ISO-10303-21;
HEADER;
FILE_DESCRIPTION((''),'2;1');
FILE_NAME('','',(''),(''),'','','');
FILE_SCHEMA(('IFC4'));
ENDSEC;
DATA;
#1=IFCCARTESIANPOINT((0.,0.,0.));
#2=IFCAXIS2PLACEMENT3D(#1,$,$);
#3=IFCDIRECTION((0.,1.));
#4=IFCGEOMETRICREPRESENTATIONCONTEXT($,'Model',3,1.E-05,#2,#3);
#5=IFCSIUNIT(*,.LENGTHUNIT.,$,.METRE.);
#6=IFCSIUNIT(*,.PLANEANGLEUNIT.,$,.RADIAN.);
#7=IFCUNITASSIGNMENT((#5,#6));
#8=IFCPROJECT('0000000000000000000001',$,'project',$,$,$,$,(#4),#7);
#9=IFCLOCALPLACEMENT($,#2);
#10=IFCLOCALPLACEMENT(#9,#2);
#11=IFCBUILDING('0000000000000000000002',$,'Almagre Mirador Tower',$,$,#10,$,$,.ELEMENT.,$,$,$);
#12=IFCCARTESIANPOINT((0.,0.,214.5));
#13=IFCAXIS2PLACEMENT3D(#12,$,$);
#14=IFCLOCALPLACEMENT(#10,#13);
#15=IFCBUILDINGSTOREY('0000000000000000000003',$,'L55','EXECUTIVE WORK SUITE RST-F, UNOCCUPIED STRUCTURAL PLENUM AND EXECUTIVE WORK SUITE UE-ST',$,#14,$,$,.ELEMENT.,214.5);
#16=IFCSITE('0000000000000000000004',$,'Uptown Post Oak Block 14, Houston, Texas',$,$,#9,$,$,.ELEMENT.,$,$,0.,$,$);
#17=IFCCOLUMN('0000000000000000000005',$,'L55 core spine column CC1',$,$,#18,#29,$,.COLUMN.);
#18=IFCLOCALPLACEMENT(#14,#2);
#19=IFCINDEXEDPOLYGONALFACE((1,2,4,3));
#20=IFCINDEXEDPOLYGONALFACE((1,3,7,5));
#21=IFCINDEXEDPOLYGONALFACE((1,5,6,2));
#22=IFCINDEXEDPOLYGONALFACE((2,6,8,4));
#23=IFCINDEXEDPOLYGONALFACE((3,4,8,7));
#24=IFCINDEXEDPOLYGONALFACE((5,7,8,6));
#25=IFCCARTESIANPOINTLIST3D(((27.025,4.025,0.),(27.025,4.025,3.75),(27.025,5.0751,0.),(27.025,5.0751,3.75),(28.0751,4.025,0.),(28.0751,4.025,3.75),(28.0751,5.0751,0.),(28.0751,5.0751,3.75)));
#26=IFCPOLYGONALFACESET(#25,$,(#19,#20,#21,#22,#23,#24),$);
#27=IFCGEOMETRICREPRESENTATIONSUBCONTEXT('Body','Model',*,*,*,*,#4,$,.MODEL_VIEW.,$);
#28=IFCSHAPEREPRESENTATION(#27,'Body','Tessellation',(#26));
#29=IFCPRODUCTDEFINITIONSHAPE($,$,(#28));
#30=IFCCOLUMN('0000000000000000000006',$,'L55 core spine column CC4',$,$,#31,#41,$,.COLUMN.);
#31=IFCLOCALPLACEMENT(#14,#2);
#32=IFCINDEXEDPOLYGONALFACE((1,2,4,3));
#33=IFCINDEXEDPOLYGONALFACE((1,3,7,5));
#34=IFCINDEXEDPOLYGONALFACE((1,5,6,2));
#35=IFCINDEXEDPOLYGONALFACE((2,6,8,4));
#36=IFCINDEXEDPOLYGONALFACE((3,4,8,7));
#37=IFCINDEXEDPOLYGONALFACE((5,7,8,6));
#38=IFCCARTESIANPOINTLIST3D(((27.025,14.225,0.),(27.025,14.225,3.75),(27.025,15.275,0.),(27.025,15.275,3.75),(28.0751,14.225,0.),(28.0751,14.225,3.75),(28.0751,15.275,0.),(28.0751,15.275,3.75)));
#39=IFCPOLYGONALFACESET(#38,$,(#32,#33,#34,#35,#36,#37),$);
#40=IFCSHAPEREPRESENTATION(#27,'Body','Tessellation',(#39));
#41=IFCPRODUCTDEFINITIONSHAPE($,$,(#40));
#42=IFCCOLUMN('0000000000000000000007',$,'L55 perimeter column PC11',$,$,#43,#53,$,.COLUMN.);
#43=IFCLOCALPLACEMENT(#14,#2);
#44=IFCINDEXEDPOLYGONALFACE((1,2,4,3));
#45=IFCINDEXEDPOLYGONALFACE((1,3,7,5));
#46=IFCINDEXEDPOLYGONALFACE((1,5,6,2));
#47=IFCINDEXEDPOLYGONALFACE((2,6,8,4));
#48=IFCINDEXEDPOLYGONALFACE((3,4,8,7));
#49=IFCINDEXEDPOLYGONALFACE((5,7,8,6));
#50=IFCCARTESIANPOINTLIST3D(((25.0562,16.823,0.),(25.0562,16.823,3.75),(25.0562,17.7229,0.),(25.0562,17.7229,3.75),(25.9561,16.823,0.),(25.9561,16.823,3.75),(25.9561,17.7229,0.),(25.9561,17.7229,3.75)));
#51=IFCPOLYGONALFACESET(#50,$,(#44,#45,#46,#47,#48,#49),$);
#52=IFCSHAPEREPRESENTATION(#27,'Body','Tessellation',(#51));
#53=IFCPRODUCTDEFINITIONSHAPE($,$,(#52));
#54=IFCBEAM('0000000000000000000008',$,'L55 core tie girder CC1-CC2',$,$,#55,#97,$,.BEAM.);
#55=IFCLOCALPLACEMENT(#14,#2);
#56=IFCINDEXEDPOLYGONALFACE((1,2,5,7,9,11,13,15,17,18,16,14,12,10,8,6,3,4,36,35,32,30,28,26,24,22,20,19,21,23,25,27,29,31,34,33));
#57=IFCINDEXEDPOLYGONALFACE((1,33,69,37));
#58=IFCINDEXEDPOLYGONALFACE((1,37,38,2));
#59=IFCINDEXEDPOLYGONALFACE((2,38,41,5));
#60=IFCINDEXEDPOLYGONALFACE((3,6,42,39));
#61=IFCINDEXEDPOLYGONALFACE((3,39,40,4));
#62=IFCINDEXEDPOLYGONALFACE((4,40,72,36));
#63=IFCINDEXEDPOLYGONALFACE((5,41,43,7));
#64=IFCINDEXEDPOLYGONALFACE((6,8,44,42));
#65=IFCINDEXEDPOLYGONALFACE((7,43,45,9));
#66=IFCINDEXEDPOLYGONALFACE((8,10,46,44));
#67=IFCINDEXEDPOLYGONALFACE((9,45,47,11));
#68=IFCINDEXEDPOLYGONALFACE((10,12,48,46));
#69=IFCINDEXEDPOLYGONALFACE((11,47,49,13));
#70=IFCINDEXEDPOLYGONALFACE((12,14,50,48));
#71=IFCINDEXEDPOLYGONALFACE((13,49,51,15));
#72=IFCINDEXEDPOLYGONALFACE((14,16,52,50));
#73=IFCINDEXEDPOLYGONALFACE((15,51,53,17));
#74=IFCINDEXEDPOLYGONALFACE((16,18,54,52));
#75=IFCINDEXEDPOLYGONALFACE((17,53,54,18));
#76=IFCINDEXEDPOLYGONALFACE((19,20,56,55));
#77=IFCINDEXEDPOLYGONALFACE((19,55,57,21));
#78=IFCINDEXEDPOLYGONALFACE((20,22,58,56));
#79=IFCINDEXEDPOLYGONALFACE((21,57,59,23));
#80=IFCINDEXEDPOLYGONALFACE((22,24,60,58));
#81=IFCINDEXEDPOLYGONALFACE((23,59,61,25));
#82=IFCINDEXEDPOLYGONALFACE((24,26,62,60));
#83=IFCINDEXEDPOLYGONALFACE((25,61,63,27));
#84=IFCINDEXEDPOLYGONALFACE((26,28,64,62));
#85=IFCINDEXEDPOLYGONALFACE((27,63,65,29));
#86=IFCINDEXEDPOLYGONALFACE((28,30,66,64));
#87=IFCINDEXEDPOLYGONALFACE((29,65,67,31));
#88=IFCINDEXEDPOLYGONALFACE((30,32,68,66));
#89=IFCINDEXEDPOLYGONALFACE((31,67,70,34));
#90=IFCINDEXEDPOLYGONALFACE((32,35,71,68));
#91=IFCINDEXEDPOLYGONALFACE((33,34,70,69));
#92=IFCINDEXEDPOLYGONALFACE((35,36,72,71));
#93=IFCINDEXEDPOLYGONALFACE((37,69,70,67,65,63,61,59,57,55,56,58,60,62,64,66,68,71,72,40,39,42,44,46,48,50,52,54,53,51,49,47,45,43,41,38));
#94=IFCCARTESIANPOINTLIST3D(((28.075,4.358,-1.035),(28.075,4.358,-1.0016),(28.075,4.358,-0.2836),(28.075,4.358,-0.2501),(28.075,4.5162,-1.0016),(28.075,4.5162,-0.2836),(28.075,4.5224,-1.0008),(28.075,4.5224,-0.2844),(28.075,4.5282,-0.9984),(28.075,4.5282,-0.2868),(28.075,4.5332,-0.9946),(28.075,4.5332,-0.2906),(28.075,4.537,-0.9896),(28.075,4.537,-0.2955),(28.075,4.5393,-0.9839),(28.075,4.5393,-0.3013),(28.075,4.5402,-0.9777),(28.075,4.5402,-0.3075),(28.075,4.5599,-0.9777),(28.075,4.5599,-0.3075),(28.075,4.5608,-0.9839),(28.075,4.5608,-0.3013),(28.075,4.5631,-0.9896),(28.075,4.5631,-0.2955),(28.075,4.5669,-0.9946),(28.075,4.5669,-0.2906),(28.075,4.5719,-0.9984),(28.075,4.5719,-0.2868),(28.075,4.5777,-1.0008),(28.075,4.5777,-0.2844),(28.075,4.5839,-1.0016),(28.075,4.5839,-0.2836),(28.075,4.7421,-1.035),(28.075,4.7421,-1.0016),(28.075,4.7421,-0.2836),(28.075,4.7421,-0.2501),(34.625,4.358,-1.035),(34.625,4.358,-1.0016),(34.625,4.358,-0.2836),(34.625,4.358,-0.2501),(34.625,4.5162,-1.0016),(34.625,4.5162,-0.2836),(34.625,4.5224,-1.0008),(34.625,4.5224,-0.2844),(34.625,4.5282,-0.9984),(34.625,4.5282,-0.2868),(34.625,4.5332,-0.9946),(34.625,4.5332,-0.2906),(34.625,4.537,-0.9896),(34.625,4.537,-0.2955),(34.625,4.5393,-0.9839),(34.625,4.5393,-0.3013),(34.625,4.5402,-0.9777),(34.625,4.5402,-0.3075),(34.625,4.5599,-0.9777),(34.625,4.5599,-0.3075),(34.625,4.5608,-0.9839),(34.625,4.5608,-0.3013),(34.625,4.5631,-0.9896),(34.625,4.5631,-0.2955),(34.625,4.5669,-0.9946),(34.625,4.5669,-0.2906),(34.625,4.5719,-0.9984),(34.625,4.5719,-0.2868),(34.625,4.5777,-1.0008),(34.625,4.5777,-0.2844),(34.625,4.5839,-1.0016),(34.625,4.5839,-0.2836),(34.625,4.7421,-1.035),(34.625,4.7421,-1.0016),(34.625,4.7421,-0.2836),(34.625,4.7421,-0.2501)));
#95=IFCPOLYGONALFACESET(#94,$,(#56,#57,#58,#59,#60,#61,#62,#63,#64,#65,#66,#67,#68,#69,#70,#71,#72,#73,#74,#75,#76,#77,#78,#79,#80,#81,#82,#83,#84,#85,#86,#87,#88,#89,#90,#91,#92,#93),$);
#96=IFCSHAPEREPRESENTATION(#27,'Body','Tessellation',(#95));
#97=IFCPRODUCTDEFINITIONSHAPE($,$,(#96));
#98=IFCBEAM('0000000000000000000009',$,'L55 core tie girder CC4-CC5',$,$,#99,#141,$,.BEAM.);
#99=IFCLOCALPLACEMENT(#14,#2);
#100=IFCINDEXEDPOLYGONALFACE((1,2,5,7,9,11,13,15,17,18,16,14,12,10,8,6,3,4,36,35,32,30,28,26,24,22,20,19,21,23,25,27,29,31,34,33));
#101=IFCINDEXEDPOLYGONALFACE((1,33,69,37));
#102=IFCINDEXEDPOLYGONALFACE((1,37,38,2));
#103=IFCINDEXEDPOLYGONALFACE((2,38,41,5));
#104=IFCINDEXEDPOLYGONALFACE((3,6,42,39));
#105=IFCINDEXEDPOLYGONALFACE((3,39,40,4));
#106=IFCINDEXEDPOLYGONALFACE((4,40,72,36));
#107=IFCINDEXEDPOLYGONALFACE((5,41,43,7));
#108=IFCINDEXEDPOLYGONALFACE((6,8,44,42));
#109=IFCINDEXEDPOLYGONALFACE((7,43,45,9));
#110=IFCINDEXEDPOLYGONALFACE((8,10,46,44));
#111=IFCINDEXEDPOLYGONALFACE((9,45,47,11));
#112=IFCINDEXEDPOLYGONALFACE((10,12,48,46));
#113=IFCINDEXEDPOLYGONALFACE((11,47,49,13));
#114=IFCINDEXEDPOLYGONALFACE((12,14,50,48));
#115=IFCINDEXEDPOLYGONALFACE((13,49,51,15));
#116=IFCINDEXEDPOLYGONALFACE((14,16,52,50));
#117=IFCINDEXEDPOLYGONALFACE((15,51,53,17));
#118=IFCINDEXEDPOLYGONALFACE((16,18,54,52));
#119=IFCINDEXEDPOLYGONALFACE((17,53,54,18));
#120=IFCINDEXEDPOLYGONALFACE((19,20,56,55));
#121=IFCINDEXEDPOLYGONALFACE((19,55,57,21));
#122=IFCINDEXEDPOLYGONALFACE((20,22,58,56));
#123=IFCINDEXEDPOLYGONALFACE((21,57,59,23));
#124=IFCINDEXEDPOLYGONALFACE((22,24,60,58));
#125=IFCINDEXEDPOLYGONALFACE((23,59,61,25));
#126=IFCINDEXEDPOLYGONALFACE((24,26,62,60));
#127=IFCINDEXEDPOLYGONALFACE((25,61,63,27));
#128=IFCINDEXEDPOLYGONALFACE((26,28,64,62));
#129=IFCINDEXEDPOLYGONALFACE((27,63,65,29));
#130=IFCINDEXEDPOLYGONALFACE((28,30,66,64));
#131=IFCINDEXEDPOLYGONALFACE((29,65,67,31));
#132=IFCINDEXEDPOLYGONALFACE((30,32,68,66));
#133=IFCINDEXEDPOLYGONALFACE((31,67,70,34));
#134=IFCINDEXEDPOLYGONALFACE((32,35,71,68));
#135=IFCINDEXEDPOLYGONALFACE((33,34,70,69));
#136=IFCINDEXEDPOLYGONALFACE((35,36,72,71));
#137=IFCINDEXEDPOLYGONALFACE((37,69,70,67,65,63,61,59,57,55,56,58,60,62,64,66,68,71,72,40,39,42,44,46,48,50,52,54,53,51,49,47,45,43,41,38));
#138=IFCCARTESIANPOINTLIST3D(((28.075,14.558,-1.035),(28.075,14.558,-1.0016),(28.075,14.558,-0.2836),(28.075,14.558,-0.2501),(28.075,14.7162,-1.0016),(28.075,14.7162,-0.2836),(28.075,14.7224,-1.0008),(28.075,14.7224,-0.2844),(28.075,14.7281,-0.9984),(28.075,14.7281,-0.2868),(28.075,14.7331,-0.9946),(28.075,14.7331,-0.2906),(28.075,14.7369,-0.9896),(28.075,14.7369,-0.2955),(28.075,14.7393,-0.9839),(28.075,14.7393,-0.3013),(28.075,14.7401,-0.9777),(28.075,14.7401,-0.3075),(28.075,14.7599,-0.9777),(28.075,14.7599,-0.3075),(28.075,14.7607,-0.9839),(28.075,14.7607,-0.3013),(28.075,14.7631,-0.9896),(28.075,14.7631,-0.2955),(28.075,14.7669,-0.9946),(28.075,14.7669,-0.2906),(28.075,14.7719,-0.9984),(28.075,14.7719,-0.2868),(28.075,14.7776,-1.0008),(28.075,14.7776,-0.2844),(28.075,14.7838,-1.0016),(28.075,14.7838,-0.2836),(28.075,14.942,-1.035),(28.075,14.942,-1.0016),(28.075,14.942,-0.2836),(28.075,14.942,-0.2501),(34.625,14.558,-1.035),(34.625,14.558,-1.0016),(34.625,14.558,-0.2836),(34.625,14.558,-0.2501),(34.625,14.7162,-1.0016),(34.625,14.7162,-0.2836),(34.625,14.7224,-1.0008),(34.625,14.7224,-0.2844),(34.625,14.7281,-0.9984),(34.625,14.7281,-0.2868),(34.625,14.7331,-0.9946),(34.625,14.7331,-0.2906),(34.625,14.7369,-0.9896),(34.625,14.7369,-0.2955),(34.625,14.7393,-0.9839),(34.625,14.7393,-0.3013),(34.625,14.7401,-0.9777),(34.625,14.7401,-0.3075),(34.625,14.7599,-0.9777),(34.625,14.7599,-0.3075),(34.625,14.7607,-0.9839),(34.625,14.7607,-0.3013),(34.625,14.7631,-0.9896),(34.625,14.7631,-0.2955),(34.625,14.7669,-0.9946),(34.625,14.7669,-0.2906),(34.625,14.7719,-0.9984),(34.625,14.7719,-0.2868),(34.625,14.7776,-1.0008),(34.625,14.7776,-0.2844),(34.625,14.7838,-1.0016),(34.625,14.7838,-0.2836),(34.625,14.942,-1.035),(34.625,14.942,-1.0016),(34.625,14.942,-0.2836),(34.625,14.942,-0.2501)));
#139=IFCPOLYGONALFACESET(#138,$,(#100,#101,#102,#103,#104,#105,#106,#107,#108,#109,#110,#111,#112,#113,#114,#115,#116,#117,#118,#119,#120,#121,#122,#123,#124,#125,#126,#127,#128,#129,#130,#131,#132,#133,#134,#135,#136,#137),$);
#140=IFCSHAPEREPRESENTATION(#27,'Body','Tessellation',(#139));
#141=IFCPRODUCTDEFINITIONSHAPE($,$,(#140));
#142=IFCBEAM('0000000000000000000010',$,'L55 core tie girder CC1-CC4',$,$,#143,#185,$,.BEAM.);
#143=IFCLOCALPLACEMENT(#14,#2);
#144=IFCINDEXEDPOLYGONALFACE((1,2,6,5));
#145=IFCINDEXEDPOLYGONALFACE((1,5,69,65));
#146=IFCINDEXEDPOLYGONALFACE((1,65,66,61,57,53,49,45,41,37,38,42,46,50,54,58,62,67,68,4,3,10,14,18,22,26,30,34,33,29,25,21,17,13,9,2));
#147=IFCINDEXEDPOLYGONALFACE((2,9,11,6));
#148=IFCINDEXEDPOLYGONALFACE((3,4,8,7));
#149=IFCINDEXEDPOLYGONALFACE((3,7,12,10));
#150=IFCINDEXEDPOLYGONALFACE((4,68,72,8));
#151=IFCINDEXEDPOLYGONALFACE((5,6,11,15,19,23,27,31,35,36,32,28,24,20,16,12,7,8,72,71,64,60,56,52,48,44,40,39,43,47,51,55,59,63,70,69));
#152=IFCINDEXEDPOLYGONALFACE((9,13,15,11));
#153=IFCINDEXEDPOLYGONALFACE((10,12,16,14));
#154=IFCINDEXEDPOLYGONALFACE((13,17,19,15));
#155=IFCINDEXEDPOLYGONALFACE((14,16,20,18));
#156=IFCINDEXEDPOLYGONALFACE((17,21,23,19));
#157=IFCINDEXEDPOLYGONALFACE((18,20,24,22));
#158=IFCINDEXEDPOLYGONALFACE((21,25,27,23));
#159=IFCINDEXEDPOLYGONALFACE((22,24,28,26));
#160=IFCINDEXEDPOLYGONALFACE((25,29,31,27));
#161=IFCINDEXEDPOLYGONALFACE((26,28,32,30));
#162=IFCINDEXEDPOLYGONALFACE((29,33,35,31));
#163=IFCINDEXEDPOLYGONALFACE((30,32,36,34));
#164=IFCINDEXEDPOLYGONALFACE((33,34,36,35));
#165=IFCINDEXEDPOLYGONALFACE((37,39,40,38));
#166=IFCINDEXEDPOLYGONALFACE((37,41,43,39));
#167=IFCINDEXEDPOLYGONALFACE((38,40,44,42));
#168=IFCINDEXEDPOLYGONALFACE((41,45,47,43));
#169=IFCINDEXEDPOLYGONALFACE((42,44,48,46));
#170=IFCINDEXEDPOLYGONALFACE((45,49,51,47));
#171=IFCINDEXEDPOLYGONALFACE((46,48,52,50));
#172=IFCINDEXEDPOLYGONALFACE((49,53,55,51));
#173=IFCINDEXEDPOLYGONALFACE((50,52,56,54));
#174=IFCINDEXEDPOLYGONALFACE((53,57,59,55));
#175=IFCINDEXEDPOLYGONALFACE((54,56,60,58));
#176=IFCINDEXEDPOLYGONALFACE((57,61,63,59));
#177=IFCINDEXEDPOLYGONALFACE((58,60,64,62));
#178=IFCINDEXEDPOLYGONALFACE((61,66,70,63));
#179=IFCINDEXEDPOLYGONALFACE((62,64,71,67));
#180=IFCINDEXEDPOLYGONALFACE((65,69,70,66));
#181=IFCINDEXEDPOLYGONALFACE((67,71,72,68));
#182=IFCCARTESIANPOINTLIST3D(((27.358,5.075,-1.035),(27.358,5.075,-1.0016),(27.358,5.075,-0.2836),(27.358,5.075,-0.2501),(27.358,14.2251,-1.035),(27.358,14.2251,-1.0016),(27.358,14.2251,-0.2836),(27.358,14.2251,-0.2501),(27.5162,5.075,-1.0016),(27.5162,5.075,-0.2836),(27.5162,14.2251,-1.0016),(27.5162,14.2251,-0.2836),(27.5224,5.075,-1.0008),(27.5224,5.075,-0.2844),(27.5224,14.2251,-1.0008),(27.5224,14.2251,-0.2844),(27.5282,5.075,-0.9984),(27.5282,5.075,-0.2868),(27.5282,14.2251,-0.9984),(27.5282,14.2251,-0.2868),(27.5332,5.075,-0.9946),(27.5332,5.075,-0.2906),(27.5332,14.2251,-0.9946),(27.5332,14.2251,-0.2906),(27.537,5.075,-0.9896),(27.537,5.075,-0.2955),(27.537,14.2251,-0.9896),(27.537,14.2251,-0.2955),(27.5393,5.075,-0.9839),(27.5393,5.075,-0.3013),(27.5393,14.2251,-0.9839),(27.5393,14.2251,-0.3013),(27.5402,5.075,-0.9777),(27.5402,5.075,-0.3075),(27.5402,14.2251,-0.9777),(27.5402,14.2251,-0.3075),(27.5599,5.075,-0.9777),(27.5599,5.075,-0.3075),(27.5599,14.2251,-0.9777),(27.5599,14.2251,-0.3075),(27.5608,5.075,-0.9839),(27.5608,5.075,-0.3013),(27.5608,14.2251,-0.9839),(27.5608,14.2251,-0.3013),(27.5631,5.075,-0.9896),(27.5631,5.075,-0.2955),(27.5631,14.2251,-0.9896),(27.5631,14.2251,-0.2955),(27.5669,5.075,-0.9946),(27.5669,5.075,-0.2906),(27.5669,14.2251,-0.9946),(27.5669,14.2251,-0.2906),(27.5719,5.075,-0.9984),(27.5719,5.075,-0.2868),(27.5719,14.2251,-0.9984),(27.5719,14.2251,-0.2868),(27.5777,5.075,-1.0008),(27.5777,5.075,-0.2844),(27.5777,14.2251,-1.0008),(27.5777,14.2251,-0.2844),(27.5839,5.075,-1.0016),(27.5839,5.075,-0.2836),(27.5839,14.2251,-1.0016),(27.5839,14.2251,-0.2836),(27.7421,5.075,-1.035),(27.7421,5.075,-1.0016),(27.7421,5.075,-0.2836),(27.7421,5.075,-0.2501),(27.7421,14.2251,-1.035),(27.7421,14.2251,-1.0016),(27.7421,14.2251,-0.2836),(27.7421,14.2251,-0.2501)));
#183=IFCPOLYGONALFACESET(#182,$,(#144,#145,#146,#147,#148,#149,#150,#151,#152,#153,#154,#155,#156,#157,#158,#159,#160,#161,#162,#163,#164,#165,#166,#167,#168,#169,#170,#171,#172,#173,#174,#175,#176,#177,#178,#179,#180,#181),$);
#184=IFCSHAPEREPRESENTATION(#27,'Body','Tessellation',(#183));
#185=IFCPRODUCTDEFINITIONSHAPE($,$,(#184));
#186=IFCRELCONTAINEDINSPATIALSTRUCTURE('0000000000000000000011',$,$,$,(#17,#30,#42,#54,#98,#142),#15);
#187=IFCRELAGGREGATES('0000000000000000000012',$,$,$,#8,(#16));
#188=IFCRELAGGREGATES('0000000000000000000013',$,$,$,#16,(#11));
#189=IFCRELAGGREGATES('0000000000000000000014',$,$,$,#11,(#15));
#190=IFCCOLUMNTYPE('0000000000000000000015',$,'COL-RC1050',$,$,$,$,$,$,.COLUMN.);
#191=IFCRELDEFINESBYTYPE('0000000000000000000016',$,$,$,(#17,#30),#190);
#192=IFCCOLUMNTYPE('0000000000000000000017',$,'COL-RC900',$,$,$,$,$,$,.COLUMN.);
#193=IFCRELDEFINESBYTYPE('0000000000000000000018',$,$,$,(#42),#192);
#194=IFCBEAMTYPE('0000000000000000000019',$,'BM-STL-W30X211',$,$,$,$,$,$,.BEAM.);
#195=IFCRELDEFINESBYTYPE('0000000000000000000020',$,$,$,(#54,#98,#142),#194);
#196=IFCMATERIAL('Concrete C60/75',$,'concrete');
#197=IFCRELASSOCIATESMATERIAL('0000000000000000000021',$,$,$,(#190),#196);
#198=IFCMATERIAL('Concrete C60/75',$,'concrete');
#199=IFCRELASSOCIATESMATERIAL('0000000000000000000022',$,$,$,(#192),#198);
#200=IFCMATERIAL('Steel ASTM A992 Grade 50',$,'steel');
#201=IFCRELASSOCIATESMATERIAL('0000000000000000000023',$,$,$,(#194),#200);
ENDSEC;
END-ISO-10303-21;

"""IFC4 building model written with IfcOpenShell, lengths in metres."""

from ifc_helpers import new_model, si_unit, direction, frame, origin, origin_2d, place, context, subcontext, project, spatial, rectangle, i_section, extrude, material, material_profile, profile_set, type_object, element, save


model = new_model("IFC4")

# Units and contexts
model_context = context("Model", 3, precision=1e-05, world=origin(), true_north=direction((0.0, 1.0)))
body_context = subcontext(model_context, "Body", "Model", "MODEL_VIEW")
ifc_project = project(units=[si_unit("LENGTHUNIT", "METRE"), si_unit("PLANEANGLEUNIT", "RADIAN")], contexts=[model_context])

# Site, building, storey
site_placement = place(None, origin())
site = spatial("IfcSite", under=ifc_project, at=site_placement, Name="Uptown Post Oak Block 14, Houston, Texas", CompositionType="ELEMENT", RefElevation=0.0)
building_placement = place(site_placement, origin())
building = spatial("IfcBuilding", under=site, at=building_placement, Name="Almagre Mirador Tower", CompositionType="ELEMENT")
storey_placement = place(building_placement, frame((0.0, 0.0, 214.5)))
storey = spatial("IfcBuildingStorey", under=building, at=storey_placement, Name="L55", Description="EXECUTIVE WORK SUITE RST-F, UNOCCUPIED STRUCTURAL PLENUM AND EXECUTIVE WORK SUITE UE-ST", CompositionType="ELEMENT", Elevation=214.5)

# Columns
ifc_material_1 = material(Name="Concrete C60/75", Category="concrete")
ifc_material_profile_1 = material_profile(ifc_material_1, rectangle(XDim=1.05, YDim=1.05, at=origin_2d()), Name="RC1050X1050")
ifc_profile_set_1 = profile_set([ifc_material_profile_1], Name="Concrete C60/75")
column_type_1 = type_object("IfcColumnType", Name="COL-RC1050", PredefinedType="COLUMN", material=ifc_profile_set_1)
for number, where, z_axis, x_axis, name in (
    (1, (27.55, 4.55, 0.0), (0.0, 0.0, 1.0), (1.0, 0.0, 0.0), "L55 core spine column CC1"),
    (2, (27.55, 14.75, 0.0), (0.0, 0.0, 1.0), (1.0, 0.0, 0.0), "L55 core spine column CC4"),
):
    element("IfcColumn", number, at=place(storey_placement, frame(where, z_axis=z_axis, x_axis=x_axis)), inside=storey, type_object=column_type_1, Name=name, PredefinedType="COLUMN", context=body_context, shape_type="SweptSolid", body=[
        extrude(rectangle(XDim=1.05, YDim=1.05, at=origin_2d()), origin(), (0.0, 0.0, 1.0), 3.75),
    ])
ifc_material_2 = material(Name="Concrete C60/75", Category="concrete")
ifc_material_profile_2 = material_profile(ifc_material_2, rectangle(XDim=0.8999, YDim=0.8999, at=origin_2d()), Name="RC900X900")
ifc_profile_set_2 = profile_set([ifc_material_profile_2], Name="Concrete C60/75")
column_type_2 = type_object("IfcColumnType", Name="COL-RC900", PredefinedType="COLUMN", material=ifc_profile_set_2)
column_placement = place(storey_placement, frame((25.5061, 17.2729, 0.0), z_axis=(0.0, 0.0, 1.0), x_axis=(1.0, 0.0, 0.0)))
element("IfcColumn", 3, at=column_placement, inside=storey, type_object=column_type_2, Name="L55 perimeter column PC11", PredefinedType="COLUMN", context=body_context, shape_type="SweptSolid", body=[
    extrude(rectangle(XDim=0.8999, YDim=0.8999, at=origin_2d()), origin(), (0.0, 0.0, 1.0), 3.75),
])

# Beams
ifc_material_3 = material(Name="Steel ASTM A992 Grade 50", Category="steel")
ifc_material_profile_3 = material_profile(ifc_material_3, i_section(OverallWidth=0.384, OverallDepth=0.7849, WebThickness=0.0198, FlangeThickness=0.0334, FilletRadius=0.0239, at=origin_2d()), Name="W30X211")
ifc_profile_set_3 = profile_set([ifc_material_profile_3], Name="Steel ASTM A992 Grade 50")
beam_type = type_object("IfcBeamType", Name="BM-STL-W30X211", PredefinedType="BEAM", material=ifc_profile_set_3)
for number, where, z_axis, x_axis, name in (
    (4, (28.075, 4.55, -0.6426), (1.0, 0.0, 0.0), (0.0, 1.0, 0.0), "L55 core tie girder CC1-CC2"),
    (5, (28.075, 14.75, -0.6426), (1.0, 0.0, 0.0), (0.0, 1.0, 0.0), "L55 core tie girder CC4-CC5"),
):
    element("IfcBeam", number, at=place(storey_placement, frame(where, z_axis=z_axis, x_axis=x_axis)), inside=storey, type_object=beam_type, Name=name, PredefinedType="BEAM", context=body_context, shape_type="SweptSolid", body=[
        extrude(i_section(OverallWidth=0.384, OverallDepth=0.7849, WebThickness=0.0198, FlangeThickness=0.0334, FilletRadius=0.0239, at=origin_2d()), origin(), (0.0, 0.0, 1.0), 6.55),
    ])
beam_1_placement = place(storey_placement, frame((27.55, 5.075, -0.6426), z_axis=(0.0, 1.0, 0.0), x_axis=(-1.0, 0.0, 0.0)))
element("IfcBeam", 6, at=beam_1_placement, inside=storey, type_object=beam_type, Name="L55 core tie girder CC1-CC4", PredefinedType="BEAM", context=body_context, shape_type="SweptSolid", body=[
    extrude(i_section(OverallWidth=0.384, OverallDepth=0.7849, WebThickness=0.0198, FlangeThickness=0.0334, FilletRadius=0.0239, at=origin_2d()), origin(), (0.0, 0.0, 1.0), 9.1501),
])

save(model, "model.ifc")
